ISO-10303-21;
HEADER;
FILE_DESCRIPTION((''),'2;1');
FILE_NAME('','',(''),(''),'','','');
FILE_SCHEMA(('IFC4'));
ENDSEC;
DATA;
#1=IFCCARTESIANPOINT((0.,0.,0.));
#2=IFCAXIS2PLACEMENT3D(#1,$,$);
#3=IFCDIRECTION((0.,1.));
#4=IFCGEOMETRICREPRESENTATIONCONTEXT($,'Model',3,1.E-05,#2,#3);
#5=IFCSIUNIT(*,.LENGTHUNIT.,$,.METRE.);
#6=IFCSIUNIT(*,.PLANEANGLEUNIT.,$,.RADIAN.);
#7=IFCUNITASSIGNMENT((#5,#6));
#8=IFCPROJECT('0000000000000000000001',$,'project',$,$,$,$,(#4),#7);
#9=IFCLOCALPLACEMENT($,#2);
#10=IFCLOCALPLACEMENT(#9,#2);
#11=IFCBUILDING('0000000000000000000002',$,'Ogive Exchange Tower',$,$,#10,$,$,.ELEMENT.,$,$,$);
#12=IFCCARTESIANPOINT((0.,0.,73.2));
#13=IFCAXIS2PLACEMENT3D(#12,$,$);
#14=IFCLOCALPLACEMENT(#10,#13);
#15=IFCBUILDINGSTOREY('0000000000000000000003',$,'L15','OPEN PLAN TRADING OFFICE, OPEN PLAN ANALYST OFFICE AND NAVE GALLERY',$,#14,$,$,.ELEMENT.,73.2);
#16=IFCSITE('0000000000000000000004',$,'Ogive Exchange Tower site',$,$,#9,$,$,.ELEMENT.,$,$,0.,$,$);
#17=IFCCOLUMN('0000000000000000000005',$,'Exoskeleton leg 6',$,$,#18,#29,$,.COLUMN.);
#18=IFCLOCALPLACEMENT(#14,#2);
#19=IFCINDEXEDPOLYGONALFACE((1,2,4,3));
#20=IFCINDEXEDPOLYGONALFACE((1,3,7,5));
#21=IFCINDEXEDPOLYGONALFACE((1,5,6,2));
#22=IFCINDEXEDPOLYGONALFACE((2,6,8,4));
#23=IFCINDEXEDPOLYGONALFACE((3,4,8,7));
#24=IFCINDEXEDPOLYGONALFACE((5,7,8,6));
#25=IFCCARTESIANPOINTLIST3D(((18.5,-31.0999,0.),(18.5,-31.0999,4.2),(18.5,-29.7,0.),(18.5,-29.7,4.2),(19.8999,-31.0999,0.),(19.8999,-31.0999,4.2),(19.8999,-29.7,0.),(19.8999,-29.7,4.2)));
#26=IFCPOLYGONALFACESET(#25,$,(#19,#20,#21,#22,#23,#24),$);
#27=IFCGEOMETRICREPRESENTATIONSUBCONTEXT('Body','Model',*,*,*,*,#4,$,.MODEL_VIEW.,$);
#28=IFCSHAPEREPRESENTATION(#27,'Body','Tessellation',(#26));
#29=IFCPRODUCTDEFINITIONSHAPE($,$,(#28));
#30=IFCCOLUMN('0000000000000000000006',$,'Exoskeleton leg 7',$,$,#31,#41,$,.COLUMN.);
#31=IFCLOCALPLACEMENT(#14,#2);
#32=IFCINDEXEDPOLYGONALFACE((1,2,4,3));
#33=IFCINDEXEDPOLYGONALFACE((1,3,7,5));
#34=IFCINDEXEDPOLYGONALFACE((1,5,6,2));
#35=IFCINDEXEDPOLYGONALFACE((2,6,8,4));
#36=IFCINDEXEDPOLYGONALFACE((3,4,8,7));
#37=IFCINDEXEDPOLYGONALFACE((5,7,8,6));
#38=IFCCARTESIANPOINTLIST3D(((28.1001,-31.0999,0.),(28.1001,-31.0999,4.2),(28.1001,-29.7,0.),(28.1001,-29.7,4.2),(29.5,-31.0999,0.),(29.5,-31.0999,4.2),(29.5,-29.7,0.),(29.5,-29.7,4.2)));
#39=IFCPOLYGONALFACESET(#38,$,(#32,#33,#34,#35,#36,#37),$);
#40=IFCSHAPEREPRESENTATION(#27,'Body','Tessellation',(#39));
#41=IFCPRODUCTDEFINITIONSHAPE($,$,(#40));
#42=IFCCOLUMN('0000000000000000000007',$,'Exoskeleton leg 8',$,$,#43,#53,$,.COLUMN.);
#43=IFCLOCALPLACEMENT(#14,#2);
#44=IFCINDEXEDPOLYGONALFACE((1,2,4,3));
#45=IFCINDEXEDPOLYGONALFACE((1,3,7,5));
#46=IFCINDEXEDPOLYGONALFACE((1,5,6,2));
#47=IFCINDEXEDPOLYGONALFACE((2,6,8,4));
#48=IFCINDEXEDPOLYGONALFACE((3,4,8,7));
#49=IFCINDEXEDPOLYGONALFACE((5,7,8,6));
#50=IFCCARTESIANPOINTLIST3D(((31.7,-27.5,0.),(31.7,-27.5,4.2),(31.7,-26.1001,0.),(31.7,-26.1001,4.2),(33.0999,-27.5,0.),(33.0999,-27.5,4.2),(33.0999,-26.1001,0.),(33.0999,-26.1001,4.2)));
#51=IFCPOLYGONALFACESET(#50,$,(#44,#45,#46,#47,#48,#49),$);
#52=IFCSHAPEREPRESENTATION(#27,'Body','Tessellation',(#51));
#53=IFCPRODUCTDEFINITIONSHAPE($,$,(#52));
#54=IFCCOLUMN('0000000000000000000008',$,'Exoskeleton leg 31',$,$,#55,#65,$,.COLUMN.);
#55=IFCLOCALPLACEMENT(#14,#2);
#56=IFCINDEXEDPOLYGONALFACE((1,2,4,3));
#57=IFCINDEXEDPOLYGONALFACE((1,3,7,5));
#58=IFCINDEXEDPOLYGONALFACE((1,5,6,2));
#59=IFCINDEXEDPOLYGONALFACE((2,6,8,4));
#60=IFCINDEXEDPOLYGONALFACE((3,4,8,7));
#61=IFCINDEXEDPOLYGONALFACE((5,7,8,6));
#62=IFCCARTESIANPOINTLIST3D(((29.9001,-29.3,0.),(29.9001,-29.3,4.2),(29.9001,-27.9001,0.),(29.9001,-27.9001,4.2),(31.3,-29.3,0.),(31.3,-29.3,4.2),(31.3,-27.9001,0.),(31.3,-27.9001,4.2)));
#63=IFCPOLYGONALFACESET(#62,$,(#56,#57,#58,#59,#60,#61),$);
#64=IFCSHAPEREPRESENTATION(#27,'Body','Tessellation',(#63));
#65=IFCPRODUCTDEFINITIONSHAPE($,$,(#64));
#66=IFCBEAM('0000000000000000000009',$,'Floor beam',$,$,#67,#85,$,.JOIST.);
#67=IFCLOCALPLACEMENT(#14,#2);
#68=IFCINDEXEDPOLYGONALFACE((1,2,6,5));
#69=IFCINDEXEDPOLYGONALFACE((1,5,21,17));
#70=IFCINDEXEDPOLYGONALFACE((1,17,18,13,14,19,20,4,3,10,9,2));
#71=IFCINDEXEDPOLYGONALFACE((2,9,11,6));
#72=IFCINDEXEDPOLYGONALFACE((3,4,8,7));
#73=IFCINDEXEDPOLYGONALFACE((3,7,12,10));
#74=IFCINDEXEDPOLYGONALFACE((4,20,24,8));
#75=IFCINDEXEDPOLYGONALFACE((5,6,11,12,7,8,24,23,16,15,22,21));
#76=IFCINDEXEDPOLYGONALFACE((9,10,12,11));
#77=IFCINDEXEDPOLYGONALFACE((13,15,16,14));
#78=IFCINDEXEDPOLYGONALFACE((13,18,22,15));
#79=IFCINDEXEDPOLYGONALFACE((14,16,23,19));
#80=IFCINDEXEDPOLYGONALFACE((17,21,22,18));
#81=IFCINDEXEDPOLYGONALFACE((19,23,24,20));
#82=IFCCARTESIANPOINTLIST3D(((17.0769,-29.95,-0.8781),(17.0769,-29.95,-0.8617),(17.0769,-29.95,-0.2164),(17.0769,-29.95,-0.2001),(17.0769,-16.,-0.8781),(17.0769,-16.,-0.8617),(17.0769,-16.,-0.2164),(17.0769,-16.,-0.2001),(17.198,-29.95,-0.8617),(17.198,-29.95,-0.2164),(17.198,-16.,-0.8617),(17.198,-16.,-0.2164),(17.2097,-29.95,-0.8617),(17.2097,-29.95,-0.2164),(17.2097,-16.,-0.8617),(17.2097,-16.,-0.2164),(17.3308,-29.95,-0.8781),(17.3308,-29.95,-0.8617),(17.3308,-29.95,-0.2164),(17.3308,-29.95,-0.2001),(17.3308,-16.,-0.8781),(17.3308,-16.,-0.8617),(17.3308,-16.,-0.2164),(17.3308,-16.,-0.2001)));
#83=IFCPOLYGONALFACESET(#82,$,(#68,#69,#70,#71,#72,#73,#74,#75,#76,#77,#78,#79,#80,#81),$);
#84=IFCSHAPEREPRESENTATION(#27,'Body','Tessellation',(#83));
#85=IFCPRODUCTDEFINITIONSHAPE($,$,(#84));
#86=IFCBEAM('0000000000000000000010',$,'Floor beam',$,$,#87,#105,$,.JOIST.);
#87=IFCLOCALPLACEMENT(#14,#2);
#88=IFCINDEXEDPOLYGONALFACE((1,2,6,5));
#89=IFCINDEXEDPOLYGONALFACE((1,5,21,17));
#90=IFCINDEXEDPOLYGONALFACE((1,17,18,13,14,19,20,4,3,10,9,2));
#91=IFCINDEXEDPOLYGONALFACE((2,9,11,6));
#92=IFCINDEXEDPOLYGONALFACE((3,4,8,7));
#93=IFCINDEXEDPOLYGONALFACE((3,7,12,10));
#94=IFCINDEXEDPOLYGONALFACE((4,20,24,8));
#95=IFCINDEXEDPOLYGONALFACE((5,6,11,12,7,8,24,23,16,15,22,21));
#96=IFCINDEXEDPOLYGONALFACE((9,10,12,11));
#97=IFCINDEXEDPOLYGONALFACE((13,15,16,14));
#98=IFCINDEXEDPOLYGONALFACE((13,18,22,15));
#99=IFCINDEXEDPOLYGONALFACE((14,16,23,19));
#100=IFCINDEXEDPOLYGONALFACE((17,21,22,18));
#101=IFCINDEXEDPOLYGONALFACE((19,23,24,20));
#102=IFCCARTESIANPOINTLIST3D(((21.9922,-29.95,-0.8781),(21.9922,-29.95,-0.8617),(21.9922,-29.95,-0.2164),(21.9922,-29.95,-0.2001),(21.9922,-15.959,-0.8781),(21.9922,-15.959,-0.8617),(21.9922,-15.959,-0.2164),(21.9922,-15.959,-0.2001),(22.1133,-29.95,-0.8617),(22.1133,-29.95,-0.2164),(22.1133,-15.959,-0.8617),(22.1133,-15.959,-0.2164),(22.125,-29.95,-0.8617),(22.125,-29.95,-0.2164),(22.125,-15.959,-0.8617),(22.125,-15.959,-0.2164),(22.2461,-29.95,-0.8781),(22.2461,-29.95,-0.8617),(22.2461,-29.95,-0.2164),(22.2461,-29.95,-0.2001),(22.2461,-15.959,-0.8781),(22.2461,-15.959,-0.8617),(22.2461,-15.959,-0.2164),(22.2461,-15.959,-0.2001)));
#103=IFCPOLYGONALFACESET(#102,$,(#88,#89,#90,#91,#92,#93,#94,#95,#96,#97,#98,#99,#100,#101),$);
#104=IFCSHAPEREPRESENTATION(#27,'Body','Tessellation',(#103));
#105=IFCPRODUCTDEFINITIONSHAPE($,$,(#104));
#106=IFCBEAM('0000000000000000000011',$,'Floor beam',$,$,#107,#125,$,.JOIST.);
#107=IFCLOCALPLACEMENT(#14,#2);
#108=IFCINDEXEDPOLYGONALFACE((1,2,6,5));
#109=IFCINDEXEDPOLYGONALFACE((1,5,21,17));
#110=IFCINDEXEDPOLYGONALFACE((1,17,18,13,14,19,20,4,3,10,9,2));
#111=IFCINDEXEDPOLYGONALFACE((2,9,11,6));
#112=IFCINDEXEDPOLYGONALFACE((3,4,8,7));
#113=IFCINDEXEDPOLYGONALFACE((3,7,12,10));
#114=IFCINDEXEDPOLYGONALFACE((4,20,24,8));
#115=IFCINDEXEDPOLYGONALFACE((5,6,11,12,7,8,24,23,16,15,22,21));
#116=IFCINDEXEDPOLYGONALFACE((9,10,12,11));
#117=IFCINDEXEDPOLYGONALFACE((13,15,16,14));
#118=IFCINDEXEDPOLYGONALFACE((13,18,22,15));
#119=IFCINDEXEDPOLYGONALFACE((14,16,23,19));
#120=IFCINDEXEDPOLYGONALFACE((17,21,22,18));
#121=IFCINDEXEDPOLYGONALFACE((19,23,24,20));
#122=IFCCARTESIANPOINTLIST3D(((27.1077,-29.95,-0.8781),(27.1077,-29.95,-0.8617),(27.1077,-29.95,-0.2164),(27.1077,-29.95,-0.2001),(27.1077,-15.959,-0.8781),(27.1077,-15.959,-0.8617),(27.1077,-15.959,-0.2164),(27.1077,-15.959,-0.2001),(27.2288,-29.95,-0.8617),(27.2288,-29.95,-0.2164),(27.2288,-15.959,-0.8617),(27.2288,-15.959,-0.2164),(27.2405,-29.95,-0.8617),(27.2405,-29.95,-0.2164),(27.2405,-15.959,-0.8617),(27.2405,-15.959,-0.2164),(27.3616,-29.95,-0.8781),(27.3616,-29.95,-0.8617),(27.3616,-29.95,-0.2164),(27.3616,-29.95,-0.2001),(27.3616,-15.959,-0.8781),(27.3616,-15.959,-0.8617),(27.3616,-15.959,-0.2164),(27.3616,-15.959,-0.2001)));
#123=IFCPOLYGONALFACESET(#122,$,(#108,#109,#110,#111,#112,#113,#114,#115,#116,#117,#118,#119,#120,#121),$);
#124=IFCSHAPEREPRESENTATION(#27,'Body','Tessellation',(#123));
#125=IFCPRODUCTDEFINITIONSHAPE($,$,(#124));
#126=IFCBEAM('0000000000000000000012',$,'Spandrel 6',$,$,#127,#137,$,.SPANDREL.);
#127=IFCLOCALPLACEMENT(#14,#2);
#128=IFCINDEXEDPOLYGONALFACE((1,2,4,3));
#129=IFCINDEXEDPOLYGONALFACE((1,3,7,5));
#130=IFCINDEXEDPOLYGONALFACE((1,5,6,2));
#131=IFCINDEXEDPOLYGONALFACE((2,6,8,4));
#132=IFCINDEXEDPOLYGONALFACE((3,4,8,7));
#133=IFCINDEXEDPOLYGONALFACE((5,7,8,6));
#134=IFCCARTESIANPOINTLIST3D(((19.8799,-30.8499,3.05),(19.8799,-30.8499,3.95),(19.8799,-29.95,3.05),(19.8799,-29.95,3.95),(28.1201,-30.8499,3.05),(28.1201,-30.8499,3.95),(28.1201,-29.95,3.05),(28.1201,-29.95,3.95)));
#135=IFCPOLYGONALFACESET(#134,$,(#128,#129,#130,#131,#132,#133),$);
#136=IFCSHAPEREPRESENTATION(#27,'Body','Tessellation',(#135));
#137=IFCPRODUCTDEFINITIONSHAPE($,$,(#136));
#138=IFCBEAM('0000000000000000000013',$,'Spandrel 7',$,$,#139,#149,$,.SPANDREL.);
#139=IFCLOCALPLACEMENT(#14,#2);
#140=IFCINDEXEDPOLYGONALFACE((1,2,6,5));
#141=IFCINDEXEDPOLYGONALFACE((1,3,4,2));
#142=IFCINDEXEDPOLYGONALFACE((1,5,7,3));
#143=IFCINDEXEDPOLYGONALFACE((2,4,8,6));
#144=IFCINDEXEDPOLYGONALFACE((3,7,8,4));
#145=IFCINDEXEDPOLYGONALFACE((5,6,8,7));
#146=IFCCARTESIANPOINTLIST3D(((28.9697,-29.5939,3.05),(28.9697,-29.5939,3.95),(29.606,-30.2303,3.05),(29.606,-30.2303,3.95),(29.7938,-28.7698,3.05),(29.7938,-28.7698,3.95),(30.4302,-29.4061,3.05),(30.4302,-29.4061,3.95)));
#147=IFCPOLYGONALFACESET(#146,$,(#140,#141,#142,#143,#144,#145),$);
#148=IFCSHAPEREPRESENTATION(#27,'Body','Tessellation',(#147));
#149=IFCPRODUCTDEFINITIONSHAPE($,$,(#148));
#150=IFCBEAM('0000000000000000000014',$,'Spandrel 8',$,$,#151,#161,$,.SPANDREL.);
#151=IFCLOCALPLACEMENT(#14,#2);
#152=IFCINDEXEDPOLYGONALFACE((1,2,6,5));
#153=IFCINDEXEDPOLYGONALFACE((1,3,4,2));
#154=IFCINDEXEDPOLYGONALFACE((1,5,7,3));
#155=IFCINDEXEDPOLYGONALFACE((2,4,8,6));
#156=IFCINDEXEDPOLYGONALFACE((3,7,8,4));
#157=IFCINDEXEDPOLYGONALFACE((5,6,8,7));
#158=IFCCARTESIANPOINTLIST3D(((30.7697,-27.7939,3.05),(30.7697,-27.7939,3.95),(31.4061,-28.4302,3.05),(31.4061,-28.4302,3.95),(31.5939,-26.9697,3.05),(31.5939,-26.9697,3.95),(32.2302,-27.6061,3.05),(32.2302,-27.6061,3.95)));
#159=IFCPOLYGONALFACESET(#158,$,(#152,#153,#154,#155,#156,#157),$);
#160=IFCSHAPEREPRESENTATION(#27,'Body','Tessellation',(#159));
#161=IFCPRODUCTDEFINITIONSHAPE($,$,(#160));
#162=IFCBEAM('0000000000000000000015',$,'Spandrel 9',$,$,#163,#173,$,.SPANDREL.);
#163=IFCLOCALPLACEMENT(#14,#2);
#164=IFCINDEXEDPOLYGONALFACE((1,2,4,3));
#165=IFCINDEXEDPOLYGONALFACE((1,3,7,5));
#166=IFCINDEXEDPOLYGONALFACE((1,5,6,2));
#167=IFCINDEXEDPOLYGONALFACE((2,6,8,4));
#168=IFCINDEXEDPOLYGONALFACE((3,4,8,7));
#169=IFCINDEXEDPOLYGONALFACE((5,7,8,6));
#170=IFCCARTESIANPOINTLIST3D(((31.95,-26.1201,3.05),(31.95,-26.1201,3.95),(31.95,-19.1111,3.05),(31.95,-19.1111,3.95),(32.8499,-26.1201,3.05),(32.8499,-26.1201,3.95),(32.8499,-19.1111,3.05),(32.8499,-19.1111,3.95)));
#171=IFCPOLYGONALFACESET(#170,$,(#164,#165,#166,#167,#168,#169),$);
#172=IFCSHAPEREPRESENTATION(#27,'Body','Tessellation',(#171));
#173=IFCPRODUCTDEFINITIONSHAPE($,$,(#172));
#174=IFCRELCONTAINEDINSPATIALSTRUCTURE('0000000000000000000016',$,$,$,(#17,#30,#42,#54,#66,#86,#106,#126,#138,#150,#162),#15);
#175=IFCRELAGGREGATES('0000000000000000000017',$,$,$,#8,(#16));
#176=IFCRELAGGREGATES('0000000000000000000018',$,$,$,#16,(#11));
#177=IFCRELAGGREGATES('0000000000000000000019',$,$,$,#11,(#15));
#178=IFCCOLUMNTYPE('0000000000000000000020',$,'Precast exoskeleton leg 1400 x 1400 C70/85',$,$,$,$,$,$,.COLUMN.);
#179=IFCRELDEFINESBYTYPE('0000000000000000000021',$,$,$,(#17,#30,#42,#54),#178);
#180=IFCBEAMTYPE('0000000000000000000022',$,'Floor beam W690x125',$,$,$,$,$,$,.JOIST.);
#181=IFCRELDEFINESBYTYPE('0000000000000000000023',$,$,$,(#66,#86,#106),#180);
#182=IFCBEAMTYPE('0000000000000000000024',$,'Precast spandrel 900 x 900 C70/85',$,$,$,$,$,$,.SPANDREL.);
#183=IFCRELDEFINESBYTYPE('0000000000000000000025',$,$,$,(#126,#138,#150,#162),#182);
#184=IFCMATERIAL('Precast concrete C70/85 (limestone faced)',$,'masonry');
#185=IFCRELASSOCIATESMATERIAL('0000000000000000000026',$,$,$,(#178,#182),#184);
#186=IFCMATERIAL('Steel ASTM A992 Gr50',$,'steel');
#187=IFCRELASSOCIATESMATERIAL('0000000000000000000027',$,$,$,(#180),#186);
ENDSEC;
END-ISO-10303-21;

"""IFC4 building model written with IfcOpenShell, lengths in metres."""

from ifc_helpers import new_model, si_unit, direction, frame, origin, origin_2d, place, context, subcontext, project, spatial, rectangle, i_section, extrude, material, material_profile, profile_set, type_object, element, save


model = new_model("IFC4")

# Units and contexts
model_context = context("Model", 3, precision=1e-05, world=origin(), true_north=direction((0.0, 1.0)))
body_context = subcontext(model_context, "Body", "Model", "MODEL_VIEW")
ifc_project = project(units=[si_unit("LENGTHUNIT", "METRE"), si_unit("PLANEANGLEUNIT", "RADIAN")], contexts=[model_context])

# Site, building, storey
site_placement = place(None, origin())
site = spatial("IfcSite", under=ifc_project, at=site_placement, Name="Ogive Exchange Tower site", CompositionType="ELEMENT", RefElevation=0.0)
building_placement = place(site_placement, origin())
building = spatial("IfcBuilding", under=site, at=building_placement, Name="Ogive Exchange Tower", CompositionType="ELEMENT")
storey_placement = place(building_placement, frame((0.0, 0.0, 73.2)))
storey = spatial("IfcBuildingStorey", under=building, at=storey_placement, Name="L15", Description="OPEN PLAN TRADING OFFICE, OPEN PLAN ANALYST OFFICE AND NAVE GALLERY", CompositionType="ELEMENT", Elevation=73.2)

# Columns
ifc_material_1 = material(Name="Precast concrete C70/85 (limestone faced)", Category="masonry")
ifc_material_profile_1 = material_profile(ifc_material_1, rectangle(XDim=1.3999, YDim=1.3999, at=origin_2d()), Name="1400 x 1400")
ifc_profile_set_1 = profile_set([ifc_material_profile_1], Name="Precast concrete C70/85 (limestone faced)")
column_type = type_object("IfcColumnType", Name="Precast exoskeleton leg 1400 x 1400 C70/85", PredefinedType="COLUMN", material=ifc_profile_set_1)
for number, where, z_axis, x_axis, name in (
    (1, (19.2, -30.3999, 0.0), (0.0, 0.0, 1.0), (1.0, 0.0, 0.0), "Exoskeleton leg 6"),
    (2, (28.8, -30.3999, 0.0), (0.0, 0.0, 1.0), (1.0, 0.0, 0.0), "Exoskeleton leg 7"),
    (3, (32.3999, -26.8, 0.0), (0.0, 0.0, 1.0), (1.0, 0.0, 0.0), "Exoskeleton leg 8"),
    (4, (30.6001, -28.6001, 0.0), (0.0, 0.0, 1.0), (1.0, 0.0, 0.0), "Exoskeleton leg 31"),
):
    element("IfcColumn", number, at=place(storey_placement, frame(where, z_axis=z_axis, x_axis=x_axis)), inside=storey, type_object=column_type, Name=name, PredefinedType="COLUMN", context=body_context, shape_type="SweptSolid", body=[
        extrude(rectangle(XDim=1.3999, YDim=1.3999, at=origin_2d()), origin(), (0.0, 0.0, 1.0), 4.2),
    ])

# Beams
ifc_material_2 = material(Name="Steel ASTM A992 Gr50", Category="steel")
ifc_material_profile_2 = material_profile(ifc_material_2, i_section(OverallWidth=0.2539, OverallDepth=0.678, WebThickness=0.0117, FlangeThickness=0.0164, at=origin_2d()), Name="W690x125")
ifc_profile_set_2 = profile_set([ifc_material_profile_2], Name="Steel ASTM A992 Gr50")
beam_type_1 = type_object("IfcBeamType", Name="Floor beam W690x125", PredefinedType="JOIST", material=ifc_profile_set_2)
beam_1_placement = place(storey_placement, frame((17.2039, -29.95, -0.5391), z_axis=(0.0, 1.0, 0.0), x_axis=(-1.0, 0.0, 0.0)))
element("IfcBeam", 5, at=beam_1_placement, inside=storey, type_object=beam_type_1, Name="Floor beam", PredefinedType="JOIST", context=body_context, shape_type="SweptSolid", body=[
    extrude(i_section(OverallWidth=0.2539, OverallDepth=0.678, WebThickness=0.0117, FlangeThickness=0.0164, at=origin_2d()), origin(), (0.0, 0.0, 1.0), 13.95),
])
for number, where, z_axis, x_axis, name in (
    (6, (22.1191, -29.95, -0.5391), (0.0, 1.0, 0.0), (-1.0, 0.0, 0.0), "Floor beam"),
    (7, (27.2346, -29.95, -0.5391), (0.0, 1.0, 0.0), (-1.0, 0.0, 0.0), "Floor beam"),
):
    element("IfcBeam", number, at=place(storey_placement, frame(where, z_axis=z_axis, x_axis=x_axis)), inside=storey, type_object=beam_type_1, Name=name, PredefinedType="JOIST", context=body_context, shape_type="SweptSolid", body=[
        extrude(i_section(OverallWidth=0.2539, OverallDepth=0.678, WebThickness=0.0117, FlangeThickness=0.0164, at=origin_2d()), origin(), (0.0, 0.0, 1.0), 13.991),
    ])
ifc_material_profile_3 = material_profile(ifc_material_1, rectangle(XDim=0.8999, YDim=0.8999, at=origin_2d()), Name="900 x 900")
ifc_profile_set_3 = profile_set([ifc_material_profile_3], Name="Precast concrete C70/85 (limestone faced)")
beam_type_2 = type_object("IfcBeamType", Name="Precast spandrel 900 x 900 C70/85", PredefinedType="SPANDREL", material=ifc_profile_set_3)
beam_2_placement = place(storey_placement, frame((19.8799, -30.3999, 3.5), z_axis=(1.0, 0.0, 0.0), x_axis=(0.0, 1.0, 0.0)))
element("IfcBeam", 8, at=beam_2_placement, inside=storey, type_object=beam_type_2, Name="Spandrel 6", PredefinedType="SPANDREL", context=body_context, shape_type="SweptSolid", body=[
    extrude(rectangle(XDim=0.8999, YDim=0.8999, at=origin_2d()), origin(), (0.0, 0.0, 1.0), 8.2402),
])
for number, where, z_axis, x_axis, name in (
    (9, (29.2878, -29.9121, 3.5), (0.707107, 0.707107, 0.0), (-0.707107, 0.707107, 0.0), "Spandrel 7"),
    (10, (31.0879, -28.1121, 3.5), (0.707107, 0.707107, 0.0), (-0.707107, 0.707107, 0.0), "Spandrel 8"),
):
    element("IfcBeam", number, at=place(storey_placement, frame(where, z_axis=z_axis, x_axis=x_axis)), inside=storey, type_object=beam_type_2, Name=name, PredefinedType="SPANDREL", context=body_context, shape_type="SweptSolid", body=[
        extrude(rectangle(XDim=0.8999, YDim=0.8999, at=origin_2d()), origin(), (0.0, 0.0, 1.0), 1.1655),
    ])
beam_3_placement = place(storey_placement, frame((32.3999, -26.1201, 3.5), z_axis=(0.0, 1.0, 0.0), x_axis=(-1.0, 0.0, 0.0)))
element("IfcBeam", 11, at=beam_3_placement, inside=storey, type_object=beam_type_2, Name="Spandrel 9", PredefinedType="SPANDREL", context=body_context, shape_type="SweptSolid", body=[
    extrude(rectangle(XDim=0.8999, YDim=0.8999, at=origin_2d()), origin(), (0.0, 0.0, 1.0), 7.009),
])

save(model, "model.ifc")
